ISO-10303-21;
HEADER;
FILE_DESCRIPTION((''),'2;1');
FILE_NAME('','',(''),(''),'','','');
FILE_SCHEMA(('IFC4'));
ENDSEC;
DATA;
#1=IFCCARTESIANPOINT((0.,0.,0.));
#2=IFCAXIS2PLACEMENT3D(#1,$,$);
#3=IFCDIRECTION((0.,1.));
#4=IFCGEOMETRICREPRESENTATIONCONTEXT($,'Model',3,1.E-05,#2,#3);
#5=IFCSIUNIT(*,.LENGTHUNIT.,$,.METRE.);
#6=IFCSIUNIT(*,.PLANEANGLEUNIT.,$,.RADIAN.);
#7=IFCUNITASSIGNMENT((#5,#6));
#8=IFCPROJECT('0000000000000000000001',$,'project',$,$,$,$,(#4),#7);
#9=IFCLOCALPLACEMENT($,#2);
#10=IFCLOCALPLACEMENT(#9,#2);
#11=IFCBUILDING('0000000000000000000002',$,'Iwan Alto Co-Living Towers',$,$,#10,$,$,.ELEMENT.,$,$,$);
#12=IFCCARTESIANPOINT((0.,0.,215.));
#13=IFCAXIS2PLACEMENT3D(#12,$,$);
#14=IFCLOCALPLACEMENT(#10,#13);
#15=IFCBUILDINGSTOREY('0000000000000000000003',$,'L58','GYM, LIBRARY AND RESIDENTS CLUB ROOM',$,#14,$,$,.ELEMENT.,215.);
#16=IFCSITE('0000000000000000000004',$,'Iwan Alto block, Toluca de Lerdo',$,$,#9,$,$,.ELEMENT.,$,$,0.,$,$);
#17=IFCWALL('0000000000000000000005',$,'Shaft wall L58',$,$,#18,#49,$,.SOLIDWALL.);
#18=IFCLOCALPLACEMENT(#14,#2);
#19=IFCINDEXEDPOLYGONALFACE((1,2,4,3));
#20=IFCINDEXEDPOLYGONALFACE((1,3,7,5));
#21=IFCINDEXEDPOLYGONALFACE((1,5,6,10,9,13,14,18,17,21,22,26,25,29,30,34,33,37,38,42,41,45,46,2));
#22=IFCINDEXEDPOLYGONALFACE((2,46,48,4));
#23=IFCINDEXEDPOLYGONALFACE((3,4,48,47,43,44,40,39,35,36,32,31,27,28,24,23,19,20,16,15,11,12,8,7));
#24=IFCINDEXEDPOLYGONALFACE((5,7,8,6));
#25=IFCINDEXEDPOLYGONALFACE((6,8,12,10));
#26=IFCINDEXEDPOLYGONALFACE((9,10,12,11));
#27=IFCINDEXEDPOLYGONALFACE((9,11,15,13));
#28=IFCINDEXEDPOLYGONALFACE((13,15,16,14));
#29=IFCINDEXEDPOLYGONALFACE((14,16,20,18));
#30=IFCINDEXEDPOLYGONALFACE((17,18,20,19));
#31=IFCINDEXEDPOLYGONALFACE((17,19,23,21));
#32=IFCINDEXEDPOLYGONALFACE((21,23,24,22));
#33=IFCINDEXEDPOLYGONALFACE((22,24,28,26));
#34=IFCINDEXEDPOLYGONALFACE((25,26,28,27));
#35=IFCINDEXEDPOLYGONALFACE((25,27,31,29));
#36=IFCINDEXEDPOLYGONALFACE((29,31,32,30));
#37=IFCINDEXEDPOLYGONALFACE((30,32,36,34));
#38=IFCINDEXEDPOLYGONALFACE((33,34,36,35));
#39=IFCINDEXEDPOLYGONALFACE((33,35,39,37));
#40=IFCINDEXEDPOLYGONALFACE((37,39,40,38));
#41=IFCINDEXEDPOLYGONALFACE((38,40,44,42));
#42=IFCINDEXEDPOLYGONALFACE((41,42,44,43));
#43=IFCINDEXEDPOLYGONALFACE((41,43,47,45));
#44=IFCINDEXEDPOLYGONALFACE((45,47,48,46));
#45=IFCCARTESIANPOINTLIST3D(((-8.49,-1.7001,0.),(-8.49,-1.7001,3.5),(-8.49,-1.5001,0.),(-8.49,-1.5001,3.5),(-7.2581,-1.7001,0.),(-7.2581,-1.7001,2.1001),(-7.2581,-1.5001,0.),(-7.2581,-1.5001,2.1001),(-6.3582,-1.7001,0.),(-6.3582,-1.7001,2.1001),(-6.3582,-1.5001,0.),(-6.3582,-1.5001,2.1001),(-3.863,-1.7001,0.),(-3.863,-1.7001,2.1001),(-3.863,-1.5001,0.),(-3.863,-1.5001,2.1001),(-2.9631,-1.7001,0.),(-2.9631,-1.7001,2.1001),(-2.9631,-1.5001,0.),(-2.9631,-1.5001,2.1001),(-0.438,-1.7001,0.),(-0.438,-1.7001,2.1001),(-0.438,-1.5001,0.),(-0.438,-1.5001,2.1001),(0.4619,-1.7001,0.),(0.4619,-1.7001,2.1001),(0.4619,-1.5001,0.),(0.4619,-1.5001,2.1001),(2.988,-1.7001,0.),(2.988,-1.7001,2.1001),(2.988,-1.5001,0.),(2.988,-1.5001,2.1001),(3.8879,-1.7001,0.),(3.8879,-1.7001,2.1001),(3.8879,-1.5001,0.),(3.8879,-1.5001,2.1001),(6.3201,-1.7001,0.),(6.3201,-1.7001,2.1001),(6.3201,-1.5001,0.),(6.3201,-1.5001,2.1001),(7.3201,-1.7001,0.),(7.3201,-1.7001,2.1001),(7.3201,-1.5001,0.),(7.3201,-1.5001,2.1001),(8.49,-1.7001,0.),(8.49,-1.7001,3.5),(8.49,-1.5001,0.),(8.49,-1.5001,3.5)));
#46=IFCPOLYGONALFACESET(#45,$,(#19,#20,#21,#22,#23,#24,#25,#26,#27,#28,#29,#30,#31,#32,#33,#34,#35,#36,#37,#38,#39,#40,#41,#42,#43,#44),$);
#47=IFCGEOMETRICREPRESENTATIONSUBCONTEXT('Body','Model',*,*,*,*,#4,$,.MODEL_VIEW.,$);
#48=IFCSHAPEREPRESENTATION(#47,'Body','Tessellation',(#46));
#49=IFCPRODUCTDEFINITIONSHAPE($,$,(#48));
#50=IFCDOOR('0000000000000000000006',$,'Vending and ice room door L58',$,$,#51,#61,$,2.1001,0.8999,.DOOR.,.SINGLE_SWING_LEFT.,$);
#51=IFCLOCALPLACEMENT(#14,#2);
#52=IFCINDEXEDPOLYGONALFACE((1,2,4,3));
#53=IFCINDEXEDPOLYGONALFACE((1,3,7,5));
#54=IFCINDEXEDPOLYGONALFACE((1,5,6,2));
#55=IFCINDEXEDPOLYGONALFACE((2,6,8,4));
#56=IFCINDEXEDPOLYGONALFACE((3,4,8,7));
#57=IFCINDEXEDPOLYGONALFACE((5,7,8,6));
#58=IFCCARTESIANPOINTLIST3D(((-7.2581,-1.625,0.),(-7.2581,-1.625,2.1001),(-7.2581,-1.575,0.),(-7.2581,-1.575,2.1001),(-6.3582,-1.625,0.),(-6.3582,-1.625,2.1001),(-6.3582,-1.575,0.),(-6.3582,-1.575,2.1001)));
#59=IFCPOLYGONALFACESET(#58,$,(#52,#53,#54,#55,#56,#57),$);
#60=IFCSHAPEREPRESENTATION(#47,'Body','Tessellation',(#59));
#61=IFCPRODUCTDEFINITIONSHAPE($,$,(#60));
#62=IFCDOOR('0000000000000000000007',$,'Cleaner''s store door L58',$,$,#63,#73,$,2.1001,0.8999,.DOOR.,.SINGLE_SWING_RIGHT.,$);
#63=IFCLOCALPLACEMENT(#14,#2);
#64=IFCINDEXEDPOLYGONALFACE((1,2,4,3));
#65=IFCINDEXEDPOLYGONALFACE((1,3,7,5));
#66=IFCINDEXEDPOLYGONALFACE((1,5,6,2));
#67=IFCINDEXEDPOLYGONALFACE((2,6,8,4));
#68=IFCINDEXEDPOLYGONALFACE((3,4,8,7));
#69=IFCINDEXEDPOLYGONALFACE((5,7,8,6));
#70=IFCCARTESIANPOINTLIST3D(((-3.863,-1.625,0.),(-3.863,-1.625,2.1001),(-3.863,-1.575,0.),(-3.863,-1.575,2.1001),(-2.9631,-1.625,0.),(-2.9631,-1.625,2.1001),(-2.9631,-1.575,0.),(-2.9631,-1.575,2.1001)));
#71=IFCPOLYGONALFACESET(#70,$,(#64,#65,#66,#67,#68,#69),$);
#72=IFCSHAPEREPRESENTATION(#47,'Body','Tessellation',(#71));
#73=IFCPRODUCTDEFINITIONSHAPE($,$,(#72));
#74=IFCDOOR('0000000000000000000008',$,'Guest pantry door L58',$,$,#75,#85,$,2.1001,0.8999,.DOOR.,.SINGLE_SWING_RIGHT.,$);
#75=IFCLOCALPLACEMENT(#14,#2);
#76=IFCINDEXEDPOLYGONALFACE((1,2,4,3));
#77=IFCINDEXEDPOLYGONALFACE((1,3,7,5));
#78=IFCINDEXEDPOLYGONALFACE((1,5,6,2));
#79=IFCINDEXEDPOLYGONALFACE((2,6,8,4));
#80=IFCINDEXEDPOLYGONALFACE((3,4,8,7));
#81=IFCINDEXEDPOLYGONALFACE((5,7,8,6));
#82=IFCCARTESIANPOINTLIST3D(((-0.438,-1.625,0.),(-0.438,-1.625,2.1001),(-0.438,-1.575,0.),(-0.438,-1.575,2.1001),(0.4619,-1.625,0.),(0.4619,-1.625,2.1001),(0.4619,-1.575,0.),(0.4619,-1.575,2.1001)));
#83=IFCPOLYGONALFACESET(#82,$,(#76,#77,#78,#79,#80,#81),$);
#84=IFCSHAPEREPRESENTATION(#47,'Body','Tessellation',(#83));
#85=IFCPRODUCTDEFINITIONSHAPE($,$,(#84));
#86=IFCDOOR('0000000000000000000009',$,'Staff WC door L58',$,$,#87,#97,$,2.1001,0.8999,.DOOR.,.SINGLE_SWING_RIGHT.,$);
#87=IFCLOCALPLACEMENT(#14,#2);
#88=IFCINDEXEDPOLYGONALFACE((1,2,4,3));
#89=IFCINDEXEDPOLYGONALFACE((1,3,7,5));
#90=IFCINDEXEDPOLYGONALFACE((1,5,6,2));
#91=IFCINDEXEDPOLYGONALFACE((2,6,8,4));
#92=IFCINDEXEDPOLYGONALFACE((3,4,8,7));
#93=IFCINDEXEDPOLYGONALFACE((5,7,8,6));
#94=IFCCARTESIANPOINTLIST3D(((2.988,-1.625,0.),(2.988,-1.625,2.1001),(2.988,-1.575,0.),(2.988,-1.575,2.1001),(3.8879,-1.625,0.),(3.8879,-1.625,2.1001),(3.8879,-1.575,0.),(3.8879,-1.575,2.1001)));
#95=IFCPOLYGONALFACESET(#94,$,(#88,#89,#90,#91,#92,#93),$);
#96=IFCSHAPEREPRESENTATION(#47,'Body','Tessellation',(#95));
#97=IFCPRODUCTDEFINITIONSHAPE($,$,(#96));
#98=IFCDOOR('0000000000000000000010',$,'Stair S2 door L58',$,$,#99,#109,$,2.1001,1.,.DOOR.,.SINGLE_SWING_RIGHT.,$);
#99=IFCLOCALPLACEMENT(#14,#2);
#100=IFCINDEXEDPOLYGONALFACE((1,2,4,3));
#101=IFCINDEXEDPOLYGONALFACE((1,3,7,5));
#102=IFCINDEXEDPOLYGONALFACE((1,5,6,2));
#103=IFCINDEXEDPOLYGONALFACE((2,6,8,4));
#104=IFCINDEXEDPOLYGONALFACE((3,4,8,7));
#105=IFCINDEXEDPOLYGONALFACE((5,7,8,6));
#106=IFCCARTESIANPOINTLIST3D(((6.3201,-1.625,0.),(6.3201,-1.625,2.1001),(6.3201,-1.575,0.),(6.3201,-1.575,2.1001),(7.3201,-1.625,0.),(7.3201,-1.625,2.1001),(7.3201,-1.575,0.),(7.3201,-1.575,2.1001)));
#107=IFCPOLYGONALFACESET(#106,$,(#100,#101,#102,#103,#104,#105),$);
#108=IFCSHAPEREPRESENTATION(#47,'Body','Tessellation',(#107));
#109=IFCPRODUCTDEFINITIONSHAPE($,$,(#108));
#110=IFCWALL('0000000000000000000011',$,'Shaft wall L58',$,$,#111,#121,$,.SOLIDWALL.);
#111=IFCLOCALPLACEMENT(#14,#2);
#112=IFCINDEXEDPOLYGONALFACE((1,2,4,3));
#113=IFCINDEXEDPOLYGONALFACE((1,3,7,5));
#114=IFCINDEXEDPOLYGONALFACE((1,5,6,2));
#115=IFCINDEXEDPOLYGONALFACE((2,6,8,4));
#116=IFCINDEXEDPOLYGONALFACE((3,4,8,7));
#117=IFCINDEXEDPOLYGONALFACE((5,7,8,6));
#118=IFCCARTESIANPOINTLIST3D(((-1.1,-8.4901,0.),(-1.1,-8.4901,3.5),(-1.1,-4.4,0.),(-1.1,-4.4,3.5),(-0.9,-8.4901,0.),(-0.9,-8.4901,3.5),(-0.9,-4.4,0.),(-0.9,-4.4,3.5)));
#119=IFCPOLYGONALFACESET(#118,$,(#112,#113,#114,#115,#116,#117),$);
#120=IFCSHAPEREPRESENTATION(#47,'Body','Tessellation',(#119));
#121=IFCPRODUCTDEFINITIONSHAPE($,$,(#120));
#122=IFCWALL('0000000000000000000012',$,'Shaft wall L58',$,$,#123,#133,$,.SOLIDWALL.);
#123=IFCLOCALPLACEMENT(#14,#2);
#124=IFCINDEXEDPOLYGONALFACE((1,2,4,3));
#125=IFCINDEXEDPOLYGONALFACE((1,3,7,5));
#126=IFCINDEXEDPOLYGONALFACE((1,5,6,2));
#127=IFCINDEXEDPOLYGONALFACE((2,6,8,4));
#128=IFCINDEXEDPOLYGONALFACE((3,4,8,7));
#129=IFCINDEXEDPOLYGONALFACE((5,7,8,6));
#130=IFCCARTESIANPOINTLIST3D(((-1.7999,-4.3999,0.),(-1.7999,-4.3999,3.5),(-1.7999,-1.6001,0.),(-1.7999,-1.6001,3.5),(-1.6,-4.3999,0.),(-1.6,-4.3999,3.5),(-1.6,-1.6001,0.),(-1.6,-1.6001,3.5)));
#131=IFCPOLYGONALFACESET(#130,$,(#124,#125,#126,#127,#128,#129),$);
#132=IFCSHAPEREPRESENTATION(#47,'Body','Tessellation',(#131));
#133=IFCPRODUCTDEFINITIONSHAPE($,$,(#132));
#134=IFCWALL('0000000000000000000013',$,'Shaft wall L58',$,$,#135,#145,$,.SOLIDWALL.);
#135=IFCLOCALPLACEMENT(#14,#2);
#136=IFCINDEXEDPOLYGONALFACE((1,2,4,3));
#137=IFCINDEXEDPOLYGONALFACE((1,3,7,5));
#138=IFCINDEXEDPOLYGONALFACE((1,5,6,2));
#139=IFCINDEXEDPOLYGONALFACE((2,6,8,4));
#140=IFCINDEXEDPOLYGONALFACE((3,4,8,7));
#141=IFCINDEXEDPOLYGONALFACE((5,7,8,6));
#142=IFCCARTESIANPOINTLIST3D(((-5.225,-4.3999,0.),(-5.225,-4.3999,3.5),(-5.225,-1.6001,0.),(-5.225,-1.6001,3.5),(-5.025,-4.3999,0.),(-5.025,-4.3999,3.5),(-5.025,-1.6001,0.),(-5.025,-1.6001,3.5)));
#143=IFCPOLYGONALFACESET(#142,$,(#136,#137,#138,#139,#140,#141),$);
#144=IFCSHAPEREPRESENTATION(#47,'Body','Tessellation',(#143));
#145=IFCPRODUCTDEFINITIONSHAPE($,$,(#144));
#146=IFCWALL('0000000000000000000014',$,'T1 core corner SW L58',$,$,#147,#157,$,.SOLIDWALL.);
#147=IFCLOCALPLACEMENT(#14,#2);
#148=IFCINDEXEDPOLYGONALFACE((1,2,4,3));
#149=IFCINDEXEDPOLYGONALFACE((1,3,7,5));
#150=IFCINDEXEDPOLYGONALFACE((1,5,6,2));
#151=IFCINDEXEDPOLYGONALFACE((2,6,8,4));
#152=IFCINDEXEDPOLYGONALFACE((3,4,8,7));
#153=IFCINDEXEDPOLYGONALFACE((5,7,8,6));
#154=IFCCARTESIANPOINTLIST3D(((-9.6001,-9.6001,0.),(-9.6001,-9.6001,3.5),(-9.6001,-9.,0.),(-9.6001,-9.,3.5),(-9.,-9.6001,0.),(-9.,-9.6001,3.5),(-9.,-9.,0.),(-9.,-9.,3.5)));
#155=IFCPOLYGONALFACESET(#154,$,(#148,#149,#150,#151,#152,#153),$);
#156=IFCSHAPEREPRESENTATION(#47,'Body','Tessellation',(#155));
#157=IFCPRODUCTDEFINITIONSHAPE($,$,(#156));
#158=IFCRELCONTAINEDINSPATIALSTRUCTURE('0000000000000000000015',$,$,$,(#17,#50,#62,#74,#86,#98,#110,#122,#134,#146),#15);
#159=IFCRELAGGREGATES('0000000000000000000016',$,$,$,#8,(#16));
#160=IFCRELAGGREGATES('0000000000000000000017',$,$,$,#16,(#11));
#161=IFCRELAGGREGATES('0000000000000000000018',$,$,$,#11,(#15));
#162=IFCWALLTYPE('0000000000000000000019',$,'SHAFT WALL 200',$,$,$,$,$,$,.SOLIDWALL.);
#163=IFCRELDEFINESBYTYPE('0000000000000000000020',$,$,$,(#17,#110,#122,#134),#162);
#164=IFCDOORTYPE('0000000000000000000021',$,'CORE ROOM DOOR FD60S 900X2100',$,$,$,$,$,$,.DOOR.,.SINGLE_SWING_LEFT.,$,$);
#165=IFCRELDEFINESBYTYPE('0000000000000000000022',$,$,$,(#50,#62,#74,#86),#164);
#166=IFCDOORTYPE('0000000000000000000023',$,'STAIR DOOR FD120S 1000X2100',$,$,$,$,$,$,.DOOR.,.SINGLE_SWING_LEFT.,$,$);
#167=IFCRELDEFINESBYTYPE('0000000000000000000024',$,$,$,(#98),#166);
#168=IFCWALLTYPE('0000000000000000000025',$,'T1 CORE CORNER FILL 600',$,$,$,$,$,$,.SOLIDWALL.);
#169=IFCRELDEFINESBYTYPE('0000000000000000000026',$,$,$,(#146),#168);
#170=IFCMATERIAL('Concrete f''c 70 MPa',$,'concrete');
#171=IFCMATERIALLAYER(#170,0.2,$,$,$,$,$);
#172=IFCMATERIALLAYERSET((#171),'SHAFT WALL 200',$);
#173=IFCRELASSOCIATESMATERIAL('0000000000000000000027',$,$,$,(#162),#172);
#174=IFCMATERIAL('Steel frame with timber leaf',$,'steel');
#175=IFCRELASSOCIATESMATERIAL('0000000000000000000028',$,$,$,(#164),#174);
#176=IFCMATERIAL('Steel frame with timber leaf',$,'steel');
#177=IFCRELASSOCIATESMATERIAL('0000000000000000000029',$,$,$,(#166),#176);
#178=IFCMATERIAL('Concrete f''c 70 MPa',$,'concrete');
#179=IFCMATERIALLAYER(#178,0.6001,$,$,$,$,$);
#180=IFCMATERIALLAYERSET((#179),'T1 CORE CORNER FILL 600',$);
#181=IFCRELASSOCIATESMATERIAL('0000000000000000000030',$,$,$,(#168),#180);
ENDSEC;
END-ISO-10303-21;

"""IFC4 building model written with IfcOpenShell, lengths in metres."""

from ifc_helpers import new_model, si_unit, direction, frame, frame_2d, origin, place, context, subcontext, project, spatial, rectangle, extrude, material, layer, layer_set, type_object, element, fill, save


model = new_model("IFC4")

# Units and contexts
model_context = context("Model", 3, precision=1e-05, world=origin(), true_north=direction((0.0, 1.0)))
body_context = subcontext(model_context, "Body", "Model", "MODEL_VIEW")
ifc_project = project(units=[si_unit("LENGTHUNIT", "METRE"), si_unit("PLANEANGLEUNIT", "RADIAN")], contexts=[model_context])

# Site, building, storey
site_placement = place(None, origin())
site = spatial("IfcSite", under=ifc_project, at=site_placement, Name="Iwan Alto block, Toluca de Lerdo", CompositionType="ELEMENT", RefElevation=0.0)
building_placement = place(site_placement, origin())
building = spatial("IfcBuilding", under=site, at=building_placement, Name="Iwan Alto Co-Living Towers", CompositionType="ELEMENT")
storey_placement = place(building_placement, frame((0.0, 0.0, 215.0)))
storey = spatial("IfcBuildingStorey", under=building, at=storey_placement, Name="L58", Description="GYM, LIBRARY AND RESIDENTS CLUB ROOM", CompositionType="ELEMENT", Elevation=215.0)

# Shared definitions
ifc_material_1 = material(Name="Concrete f'c 70 MPa", Category="concrete")
ifc_layer_1 = layer(ifc_material_1, 0.2)
ifc_layer_set_1 = layer_set([ifc_layer_1], Name="SHAFT WALL 200")
wall_type_1 = type_object("IfcWallType", Name="SHAFT WALL 200", PredefinedType="SOLIDWALL", material=ifc_layer_set_1)

# Wall, openings, doors
wall_1_placement = place(storey_placement, frame((-8.49, -1.6001, 0.0), z_axis=(0.0, 0.0, 1.0), x_axis=(1.0, 0.0, 0.0)))
wall_1 = element("IfcWall", 1, at=wall_1_placement, inside=storey, type_object=wall_type_1, Name="Shaft wall L58", PredefinedType="SOLIDWALL", context=body_context, shape_type="SweptSolid", body=[
    extrude(rectangle(XDim=16.98, YDim=0.2, at=frame_2d((8.49, 0.0))), origin(), (0.0, 0.0, 1.0), 3.5),
])
opening_1_placement = place(wall_1_placement, frame((14.8101, 0.0, 0.0)))
opening_1 = element("IfcOpeningElement", 2, at=opening_1_placement, cuts=wall_1, PredefinedType="OPENING", context=body_context, shape_type="SweptSolid", body=[
    extrude(rectangle(XDim=1.0, YDim=2.1001, at=frame_2d((0.5, 1.05))), frame((0.0, 0.1099, 0.0), z_axis=(0.0, -1.0, 0.0), x_axis=(1.0, 0.0, 0.0)), (0.0, 0.0, 1.0), 0.22),
])
opening_2_placement = place(wall_1_placement, frame((1.2319, 0.0, 0.0)))
opening_2 = element("IfcOpeningElement", 3, at=opening_2_placement, cuts=wall_1, PredefinedType="OPENING", context=body_context, shape_type="SweptSolid", body=[
    extrude(rectangle(XDim=0.8999, YDim=2.1001, at=frame_2d((0.45, 1.05))), frame((0.0, 0.1099, 0.0), z_axis=(0.0, -1.0, 0.0), x_axis=(1.0, 0.0, 0.0)), (0.0, 0.0, 1.0), 0.22),
])
opening_3_placement = place(wall_1_placement, frame((4.627, 0.0, 0.0)))
opening_3 = element("IfcOpeningElement", 4, at=opening_3_placement, cuts=wall_1, PredefinedType="OPENING", context=body_context, shape_type="SweptSolid", body=[
    extrude(rectangle(XDim=0.8999, YDim=2.1001, at=frame_2d((0.45, 1.05))), frame((0.0, 0.1099, 0.0), z_axis=(0.0, -1.0, 0.0), x_axis=(1.0, 0.0, 0.0)), (0.0, 0.0, 1.0), 0.22),
])
opening_4_placement = place(wall_1_placement, frame((8.052, 0.0, 0.0)))
opening_4 = element("IfcOpeningElement", 5, at=opening_4_placement, cuts=wall_1, PredefinedType="OPENING", context=body_context, shape_type="SweptSolid", body=[
    extrude(rectangle(XDim=0.8999, YDim=2.1001, at=frame_2d((0.45, 1.05))), frame((0.0, 0.1099, 0.0), z_axis=(0.0, -1.0, 0.0), x_axis=(1.0, 0.0, 0.0)), (0.0, 0.0, 1.0), 0.22),
])
opening_5_placement = place(wall_1_placement, frame((11.478, 0.0, 0.0)))
opening_5 = element("IfcOpeningElement", 6, at=opening_5_placement, cuts=wall_1, PredefinedType="OPENING", context=body_context, shape_type="SweptSolid", body=[
    extrude(rectangle(XDim=0.8999, YDim=2.1001, at=frame_2d((0.45, 1.05))), frame((0.0, 0.1099, 0.0), z_axis=(0.0, -1.0, 0.0), x_axis=(1.0, 0.0, 0.0)), (0.0, 0.0, 1.0), 0.22),
])
ifc_material_2 = material(Name="Steel frame with timber leaf", Category="steel")
door_type_1 = type_object("IfcDoorType", Name="CORE ROOM DOOR FD60S 900X2100", OperationType="SINGLE_SWING_LEFT", PredefinedType="DOOR", material=ifc_material_2)
door_1_placement = place(opening_2_placement, frame((0.8999, 0.0, 0.0), z_axis=(0.0, 0.0, 1.0), x_axis=(-1.0, 0.0, 0.0)))
door_1 = element("IfcDoor", 7, at=door_1_placement, inside=storey, type_object=door_type_1, Name="Vending and ice room door L58", OperationType="SINGLE_SWING_LEFT", OverallHeight=2.1001, OverallWidth=0.8999, PredefinedType="DOOR", context=body_context, shape_type="SweptSolid", body=[
    extrude(rectangle(XDim=0.8999, YDim=2.1001, at=frame_2d((0.45, 1.05))), frame((0.0, 0.0249, 0.0), z_axis=(0.0, -1.0, 0.0), x_axis=(1.0, 0.0, 0.0)), (0.0, 0.0, 1.0), 0.05),
])
fill(opening_2, door_1)
door_2_placement = place(opening_3_placement, frame((0.8999, 0.0, 0.0), z_axis=(0.0, 0.0, 1.0), x_axis=(-1.0, 0.0, 0.0)))
door_2 = element("IfcDoor", 8, at=door_2_placement, inside=storey, type_object=door_type_1, Name="Cleaner's store door L58", OperationType="SINGLE_SWING_RIGHT", OverallHeight=2.1001, OverallWidth=0.8999, PredefinedType="DOOR", context=body_context, shape_type="SweptSolid", body=[
    extrude(rectangle(XDim=0.8999, YDim=2.1001, at=frame_2d((0.45, 1.05))), frame((0.0, 0.0249, 0.0), z_axis=(0.0, -1.0, 0.0), x_axis=(1.0, 0.0, 0.0)), (0.0, 0.0, 1.0), 0.05),
])
fill(opening_3, door_2)
door_3_placement = place(opening_4_placement, frame((0.8999, 0.0, 0.0), z_axis=(0.0, 0.0, 1.0), x_axis=(-1.0, 0.0, 0.0)))
door_3 = element("IfcDoor", 9, at=door_3_placement, inside=storey, type_object=door_type_1, Name="Guest pantry door L58", OperationType="SINGLE_SWING_RIGHT", OverallHeight=2.1001, OverallWidth=0.8999, PredefinedType="DOOR", context=body_context, shape_type="SweptSolid", body=[
    extrude(rectangle(XDim=0.8999, YDim=2.1001, at=frame_2d((0.45, 1.05))), frame((0.0, 0.0249, 0.0), z_axis=(0.0, -1.0, 0.0), x_axis=(1.0, 0.0, 0.0)), (0.0, 0.0, 1.0), 0.05),
])
fill(opening_4, door_3)
door_4_placement = place(opening_5_placement, frame((0.8999, 0.0, 0.0), z_axis=(0.0, 0.0, 1.0), x_axis=(-1.0, 0.0, 0.0)))
door_4 = element("IfcDoor", 10, at=door_4_placement, inside=storey, type_object=door_type_1, Name="Staff WC door L58", OperationType="SINGLE_SWING_RIGHT", OverallHeight=2.1001, OverallWidth=0.8999, PredefinedType="DOOR", context=body_context, shape_type="SweptSolid", body=[
    extrude(rectangle(XDim=0.8999, YDim=2.1001, at=frame_2d((0.45, 1.05))), frame((0.0, 0.0249, 0.0), z_axis=(0.0, -1.0, 0.0), x_axis=(1.0, 0.0, 0.0)), (0.0, 0.0, 1.0), 0.05),
])
fill(opening_5, door_4)
ifc_material_3 = material(Name="Steel frame with timber leaf", Category="steel")
door_type_2 = type_object("IfcDoorType", Name="STAIR DOOR FD120S 1000X2100", OperationType="SINGLE_SWING_LEFT", PredefinedType="DOOR", material=ifc_material_3)
door_5_placement = place(opening_1_placement, frame((1.0, 0.0, 0.0), z_axis=(0.0, 0.0, 1.0), x_axis=(-1.0, 0.0, 0.0)))
door_5 = element("IfcDoor", 11, at=door_5_placement, inside=storey, type_object=door_type_2, Name="Stair S2 door L58", OperationType="SINGLE_SWING_RIGHT", OverallHeight=2.1001, OverallWidth=1.0, PredefinedType="DOOR", context=body_context, shape_type="SweptSolid", body=[
    extrude(rectangle(XDim=1.0, YDim=2.1001, at=frame_2d((0.5, 1.05))), frame((0.0, 0.0249, 0.0), z_axis=(0.0, -1.0, 0.0), x_axis=(1.0, 0.0, 0.0)), (0.0, 0.0, 1.0), 0.05),
])
fill(opening_1, door_5)

# Walls
wall_2_placement = place(storey_placement, frame((-1.0, -8.49, 0.0), z_axis=(0.0, 0.0, 1.0), x_axis=(0.0, 1.0, 0.0)))
element("IfcWall", 12, at=wall_2_placement, inside=storey, type_object=wall_type_1, Name="Shaft wall L58", PredefinedType="SOLIDWALL", context=body_context, shape_type="SweptSolid", body=[
    extrude(rectangle(XDim=4.0901, YDim=0.2, at=frame_2d((2.0449, 0.0))), origin(), (0.0, 0.0, 1.0), 3.5),
])
for number, where, z_axis, x_axis, name in (
    (13, (-1.7, -4.3999, 0.0), (0.0, 0.0, 1.0), (0.0, 1.0, 0.0), "Shaft wall L58"),
    (14, (-5.125, -4.3999, 0.0), (0.0, 0.0, 1.0), (0.0, 1.0, 0.0), "Shaft wall L58"),
):
    element("IfcWall", number, at=place(storey_placement, frame(where, z_axis=z_axis, x_axis=x_axis)), inside=storey, type_object=wall_type_1, Name=name, PredefinedType="SOLIDWALL", context=body_context, shape_type="SweptSolid", body=[
        extrude(rectangle(XDim=2.7998, YDim=0.2, at=frame_2d((1.3999, 0.0))), origin(), (0.0, 0.0, 1.0), 3.5),
    ])
ifc_material_4 = material(Name="Concrete f'c 70 MPa", Category="concrete")
ifc_layer_2 = layer(ifc_material_4, 0.6001)
ifc_layer_set_2 = layer_set([ifc_layer_2], Name="T1 CORE CORNER FILL 600")
wall_type_2 = type_object("IfcWallType", Name="T1 CORE CORNER FILL 600", PredefinedType="SOLIDWALL", material=ifc_layer_set_2)
wall_3_placement = place(storey_placement, frame((-9.6001, -9.3, 0.0), z_axis=(0.0, 0.0, 1.0), x_axis=(1.0, 0.0, 0.0)))
element("IfcWall", 15, at=wall_3_placement, inside=storey, type_object=wall_type_2, Name="T1 core corner SW L58", PredefinedType="SOLIDWALL", context=body_context, shape_type="SweptSolid", body=[
    extrude(rectangle(XDim=0.6001, YDim=0.6001, at=frame_2d((0.3, 0.0))), origin(), (0.0, 0.0, 1.0), 3.5),
])

save(model, "model.ifc")
